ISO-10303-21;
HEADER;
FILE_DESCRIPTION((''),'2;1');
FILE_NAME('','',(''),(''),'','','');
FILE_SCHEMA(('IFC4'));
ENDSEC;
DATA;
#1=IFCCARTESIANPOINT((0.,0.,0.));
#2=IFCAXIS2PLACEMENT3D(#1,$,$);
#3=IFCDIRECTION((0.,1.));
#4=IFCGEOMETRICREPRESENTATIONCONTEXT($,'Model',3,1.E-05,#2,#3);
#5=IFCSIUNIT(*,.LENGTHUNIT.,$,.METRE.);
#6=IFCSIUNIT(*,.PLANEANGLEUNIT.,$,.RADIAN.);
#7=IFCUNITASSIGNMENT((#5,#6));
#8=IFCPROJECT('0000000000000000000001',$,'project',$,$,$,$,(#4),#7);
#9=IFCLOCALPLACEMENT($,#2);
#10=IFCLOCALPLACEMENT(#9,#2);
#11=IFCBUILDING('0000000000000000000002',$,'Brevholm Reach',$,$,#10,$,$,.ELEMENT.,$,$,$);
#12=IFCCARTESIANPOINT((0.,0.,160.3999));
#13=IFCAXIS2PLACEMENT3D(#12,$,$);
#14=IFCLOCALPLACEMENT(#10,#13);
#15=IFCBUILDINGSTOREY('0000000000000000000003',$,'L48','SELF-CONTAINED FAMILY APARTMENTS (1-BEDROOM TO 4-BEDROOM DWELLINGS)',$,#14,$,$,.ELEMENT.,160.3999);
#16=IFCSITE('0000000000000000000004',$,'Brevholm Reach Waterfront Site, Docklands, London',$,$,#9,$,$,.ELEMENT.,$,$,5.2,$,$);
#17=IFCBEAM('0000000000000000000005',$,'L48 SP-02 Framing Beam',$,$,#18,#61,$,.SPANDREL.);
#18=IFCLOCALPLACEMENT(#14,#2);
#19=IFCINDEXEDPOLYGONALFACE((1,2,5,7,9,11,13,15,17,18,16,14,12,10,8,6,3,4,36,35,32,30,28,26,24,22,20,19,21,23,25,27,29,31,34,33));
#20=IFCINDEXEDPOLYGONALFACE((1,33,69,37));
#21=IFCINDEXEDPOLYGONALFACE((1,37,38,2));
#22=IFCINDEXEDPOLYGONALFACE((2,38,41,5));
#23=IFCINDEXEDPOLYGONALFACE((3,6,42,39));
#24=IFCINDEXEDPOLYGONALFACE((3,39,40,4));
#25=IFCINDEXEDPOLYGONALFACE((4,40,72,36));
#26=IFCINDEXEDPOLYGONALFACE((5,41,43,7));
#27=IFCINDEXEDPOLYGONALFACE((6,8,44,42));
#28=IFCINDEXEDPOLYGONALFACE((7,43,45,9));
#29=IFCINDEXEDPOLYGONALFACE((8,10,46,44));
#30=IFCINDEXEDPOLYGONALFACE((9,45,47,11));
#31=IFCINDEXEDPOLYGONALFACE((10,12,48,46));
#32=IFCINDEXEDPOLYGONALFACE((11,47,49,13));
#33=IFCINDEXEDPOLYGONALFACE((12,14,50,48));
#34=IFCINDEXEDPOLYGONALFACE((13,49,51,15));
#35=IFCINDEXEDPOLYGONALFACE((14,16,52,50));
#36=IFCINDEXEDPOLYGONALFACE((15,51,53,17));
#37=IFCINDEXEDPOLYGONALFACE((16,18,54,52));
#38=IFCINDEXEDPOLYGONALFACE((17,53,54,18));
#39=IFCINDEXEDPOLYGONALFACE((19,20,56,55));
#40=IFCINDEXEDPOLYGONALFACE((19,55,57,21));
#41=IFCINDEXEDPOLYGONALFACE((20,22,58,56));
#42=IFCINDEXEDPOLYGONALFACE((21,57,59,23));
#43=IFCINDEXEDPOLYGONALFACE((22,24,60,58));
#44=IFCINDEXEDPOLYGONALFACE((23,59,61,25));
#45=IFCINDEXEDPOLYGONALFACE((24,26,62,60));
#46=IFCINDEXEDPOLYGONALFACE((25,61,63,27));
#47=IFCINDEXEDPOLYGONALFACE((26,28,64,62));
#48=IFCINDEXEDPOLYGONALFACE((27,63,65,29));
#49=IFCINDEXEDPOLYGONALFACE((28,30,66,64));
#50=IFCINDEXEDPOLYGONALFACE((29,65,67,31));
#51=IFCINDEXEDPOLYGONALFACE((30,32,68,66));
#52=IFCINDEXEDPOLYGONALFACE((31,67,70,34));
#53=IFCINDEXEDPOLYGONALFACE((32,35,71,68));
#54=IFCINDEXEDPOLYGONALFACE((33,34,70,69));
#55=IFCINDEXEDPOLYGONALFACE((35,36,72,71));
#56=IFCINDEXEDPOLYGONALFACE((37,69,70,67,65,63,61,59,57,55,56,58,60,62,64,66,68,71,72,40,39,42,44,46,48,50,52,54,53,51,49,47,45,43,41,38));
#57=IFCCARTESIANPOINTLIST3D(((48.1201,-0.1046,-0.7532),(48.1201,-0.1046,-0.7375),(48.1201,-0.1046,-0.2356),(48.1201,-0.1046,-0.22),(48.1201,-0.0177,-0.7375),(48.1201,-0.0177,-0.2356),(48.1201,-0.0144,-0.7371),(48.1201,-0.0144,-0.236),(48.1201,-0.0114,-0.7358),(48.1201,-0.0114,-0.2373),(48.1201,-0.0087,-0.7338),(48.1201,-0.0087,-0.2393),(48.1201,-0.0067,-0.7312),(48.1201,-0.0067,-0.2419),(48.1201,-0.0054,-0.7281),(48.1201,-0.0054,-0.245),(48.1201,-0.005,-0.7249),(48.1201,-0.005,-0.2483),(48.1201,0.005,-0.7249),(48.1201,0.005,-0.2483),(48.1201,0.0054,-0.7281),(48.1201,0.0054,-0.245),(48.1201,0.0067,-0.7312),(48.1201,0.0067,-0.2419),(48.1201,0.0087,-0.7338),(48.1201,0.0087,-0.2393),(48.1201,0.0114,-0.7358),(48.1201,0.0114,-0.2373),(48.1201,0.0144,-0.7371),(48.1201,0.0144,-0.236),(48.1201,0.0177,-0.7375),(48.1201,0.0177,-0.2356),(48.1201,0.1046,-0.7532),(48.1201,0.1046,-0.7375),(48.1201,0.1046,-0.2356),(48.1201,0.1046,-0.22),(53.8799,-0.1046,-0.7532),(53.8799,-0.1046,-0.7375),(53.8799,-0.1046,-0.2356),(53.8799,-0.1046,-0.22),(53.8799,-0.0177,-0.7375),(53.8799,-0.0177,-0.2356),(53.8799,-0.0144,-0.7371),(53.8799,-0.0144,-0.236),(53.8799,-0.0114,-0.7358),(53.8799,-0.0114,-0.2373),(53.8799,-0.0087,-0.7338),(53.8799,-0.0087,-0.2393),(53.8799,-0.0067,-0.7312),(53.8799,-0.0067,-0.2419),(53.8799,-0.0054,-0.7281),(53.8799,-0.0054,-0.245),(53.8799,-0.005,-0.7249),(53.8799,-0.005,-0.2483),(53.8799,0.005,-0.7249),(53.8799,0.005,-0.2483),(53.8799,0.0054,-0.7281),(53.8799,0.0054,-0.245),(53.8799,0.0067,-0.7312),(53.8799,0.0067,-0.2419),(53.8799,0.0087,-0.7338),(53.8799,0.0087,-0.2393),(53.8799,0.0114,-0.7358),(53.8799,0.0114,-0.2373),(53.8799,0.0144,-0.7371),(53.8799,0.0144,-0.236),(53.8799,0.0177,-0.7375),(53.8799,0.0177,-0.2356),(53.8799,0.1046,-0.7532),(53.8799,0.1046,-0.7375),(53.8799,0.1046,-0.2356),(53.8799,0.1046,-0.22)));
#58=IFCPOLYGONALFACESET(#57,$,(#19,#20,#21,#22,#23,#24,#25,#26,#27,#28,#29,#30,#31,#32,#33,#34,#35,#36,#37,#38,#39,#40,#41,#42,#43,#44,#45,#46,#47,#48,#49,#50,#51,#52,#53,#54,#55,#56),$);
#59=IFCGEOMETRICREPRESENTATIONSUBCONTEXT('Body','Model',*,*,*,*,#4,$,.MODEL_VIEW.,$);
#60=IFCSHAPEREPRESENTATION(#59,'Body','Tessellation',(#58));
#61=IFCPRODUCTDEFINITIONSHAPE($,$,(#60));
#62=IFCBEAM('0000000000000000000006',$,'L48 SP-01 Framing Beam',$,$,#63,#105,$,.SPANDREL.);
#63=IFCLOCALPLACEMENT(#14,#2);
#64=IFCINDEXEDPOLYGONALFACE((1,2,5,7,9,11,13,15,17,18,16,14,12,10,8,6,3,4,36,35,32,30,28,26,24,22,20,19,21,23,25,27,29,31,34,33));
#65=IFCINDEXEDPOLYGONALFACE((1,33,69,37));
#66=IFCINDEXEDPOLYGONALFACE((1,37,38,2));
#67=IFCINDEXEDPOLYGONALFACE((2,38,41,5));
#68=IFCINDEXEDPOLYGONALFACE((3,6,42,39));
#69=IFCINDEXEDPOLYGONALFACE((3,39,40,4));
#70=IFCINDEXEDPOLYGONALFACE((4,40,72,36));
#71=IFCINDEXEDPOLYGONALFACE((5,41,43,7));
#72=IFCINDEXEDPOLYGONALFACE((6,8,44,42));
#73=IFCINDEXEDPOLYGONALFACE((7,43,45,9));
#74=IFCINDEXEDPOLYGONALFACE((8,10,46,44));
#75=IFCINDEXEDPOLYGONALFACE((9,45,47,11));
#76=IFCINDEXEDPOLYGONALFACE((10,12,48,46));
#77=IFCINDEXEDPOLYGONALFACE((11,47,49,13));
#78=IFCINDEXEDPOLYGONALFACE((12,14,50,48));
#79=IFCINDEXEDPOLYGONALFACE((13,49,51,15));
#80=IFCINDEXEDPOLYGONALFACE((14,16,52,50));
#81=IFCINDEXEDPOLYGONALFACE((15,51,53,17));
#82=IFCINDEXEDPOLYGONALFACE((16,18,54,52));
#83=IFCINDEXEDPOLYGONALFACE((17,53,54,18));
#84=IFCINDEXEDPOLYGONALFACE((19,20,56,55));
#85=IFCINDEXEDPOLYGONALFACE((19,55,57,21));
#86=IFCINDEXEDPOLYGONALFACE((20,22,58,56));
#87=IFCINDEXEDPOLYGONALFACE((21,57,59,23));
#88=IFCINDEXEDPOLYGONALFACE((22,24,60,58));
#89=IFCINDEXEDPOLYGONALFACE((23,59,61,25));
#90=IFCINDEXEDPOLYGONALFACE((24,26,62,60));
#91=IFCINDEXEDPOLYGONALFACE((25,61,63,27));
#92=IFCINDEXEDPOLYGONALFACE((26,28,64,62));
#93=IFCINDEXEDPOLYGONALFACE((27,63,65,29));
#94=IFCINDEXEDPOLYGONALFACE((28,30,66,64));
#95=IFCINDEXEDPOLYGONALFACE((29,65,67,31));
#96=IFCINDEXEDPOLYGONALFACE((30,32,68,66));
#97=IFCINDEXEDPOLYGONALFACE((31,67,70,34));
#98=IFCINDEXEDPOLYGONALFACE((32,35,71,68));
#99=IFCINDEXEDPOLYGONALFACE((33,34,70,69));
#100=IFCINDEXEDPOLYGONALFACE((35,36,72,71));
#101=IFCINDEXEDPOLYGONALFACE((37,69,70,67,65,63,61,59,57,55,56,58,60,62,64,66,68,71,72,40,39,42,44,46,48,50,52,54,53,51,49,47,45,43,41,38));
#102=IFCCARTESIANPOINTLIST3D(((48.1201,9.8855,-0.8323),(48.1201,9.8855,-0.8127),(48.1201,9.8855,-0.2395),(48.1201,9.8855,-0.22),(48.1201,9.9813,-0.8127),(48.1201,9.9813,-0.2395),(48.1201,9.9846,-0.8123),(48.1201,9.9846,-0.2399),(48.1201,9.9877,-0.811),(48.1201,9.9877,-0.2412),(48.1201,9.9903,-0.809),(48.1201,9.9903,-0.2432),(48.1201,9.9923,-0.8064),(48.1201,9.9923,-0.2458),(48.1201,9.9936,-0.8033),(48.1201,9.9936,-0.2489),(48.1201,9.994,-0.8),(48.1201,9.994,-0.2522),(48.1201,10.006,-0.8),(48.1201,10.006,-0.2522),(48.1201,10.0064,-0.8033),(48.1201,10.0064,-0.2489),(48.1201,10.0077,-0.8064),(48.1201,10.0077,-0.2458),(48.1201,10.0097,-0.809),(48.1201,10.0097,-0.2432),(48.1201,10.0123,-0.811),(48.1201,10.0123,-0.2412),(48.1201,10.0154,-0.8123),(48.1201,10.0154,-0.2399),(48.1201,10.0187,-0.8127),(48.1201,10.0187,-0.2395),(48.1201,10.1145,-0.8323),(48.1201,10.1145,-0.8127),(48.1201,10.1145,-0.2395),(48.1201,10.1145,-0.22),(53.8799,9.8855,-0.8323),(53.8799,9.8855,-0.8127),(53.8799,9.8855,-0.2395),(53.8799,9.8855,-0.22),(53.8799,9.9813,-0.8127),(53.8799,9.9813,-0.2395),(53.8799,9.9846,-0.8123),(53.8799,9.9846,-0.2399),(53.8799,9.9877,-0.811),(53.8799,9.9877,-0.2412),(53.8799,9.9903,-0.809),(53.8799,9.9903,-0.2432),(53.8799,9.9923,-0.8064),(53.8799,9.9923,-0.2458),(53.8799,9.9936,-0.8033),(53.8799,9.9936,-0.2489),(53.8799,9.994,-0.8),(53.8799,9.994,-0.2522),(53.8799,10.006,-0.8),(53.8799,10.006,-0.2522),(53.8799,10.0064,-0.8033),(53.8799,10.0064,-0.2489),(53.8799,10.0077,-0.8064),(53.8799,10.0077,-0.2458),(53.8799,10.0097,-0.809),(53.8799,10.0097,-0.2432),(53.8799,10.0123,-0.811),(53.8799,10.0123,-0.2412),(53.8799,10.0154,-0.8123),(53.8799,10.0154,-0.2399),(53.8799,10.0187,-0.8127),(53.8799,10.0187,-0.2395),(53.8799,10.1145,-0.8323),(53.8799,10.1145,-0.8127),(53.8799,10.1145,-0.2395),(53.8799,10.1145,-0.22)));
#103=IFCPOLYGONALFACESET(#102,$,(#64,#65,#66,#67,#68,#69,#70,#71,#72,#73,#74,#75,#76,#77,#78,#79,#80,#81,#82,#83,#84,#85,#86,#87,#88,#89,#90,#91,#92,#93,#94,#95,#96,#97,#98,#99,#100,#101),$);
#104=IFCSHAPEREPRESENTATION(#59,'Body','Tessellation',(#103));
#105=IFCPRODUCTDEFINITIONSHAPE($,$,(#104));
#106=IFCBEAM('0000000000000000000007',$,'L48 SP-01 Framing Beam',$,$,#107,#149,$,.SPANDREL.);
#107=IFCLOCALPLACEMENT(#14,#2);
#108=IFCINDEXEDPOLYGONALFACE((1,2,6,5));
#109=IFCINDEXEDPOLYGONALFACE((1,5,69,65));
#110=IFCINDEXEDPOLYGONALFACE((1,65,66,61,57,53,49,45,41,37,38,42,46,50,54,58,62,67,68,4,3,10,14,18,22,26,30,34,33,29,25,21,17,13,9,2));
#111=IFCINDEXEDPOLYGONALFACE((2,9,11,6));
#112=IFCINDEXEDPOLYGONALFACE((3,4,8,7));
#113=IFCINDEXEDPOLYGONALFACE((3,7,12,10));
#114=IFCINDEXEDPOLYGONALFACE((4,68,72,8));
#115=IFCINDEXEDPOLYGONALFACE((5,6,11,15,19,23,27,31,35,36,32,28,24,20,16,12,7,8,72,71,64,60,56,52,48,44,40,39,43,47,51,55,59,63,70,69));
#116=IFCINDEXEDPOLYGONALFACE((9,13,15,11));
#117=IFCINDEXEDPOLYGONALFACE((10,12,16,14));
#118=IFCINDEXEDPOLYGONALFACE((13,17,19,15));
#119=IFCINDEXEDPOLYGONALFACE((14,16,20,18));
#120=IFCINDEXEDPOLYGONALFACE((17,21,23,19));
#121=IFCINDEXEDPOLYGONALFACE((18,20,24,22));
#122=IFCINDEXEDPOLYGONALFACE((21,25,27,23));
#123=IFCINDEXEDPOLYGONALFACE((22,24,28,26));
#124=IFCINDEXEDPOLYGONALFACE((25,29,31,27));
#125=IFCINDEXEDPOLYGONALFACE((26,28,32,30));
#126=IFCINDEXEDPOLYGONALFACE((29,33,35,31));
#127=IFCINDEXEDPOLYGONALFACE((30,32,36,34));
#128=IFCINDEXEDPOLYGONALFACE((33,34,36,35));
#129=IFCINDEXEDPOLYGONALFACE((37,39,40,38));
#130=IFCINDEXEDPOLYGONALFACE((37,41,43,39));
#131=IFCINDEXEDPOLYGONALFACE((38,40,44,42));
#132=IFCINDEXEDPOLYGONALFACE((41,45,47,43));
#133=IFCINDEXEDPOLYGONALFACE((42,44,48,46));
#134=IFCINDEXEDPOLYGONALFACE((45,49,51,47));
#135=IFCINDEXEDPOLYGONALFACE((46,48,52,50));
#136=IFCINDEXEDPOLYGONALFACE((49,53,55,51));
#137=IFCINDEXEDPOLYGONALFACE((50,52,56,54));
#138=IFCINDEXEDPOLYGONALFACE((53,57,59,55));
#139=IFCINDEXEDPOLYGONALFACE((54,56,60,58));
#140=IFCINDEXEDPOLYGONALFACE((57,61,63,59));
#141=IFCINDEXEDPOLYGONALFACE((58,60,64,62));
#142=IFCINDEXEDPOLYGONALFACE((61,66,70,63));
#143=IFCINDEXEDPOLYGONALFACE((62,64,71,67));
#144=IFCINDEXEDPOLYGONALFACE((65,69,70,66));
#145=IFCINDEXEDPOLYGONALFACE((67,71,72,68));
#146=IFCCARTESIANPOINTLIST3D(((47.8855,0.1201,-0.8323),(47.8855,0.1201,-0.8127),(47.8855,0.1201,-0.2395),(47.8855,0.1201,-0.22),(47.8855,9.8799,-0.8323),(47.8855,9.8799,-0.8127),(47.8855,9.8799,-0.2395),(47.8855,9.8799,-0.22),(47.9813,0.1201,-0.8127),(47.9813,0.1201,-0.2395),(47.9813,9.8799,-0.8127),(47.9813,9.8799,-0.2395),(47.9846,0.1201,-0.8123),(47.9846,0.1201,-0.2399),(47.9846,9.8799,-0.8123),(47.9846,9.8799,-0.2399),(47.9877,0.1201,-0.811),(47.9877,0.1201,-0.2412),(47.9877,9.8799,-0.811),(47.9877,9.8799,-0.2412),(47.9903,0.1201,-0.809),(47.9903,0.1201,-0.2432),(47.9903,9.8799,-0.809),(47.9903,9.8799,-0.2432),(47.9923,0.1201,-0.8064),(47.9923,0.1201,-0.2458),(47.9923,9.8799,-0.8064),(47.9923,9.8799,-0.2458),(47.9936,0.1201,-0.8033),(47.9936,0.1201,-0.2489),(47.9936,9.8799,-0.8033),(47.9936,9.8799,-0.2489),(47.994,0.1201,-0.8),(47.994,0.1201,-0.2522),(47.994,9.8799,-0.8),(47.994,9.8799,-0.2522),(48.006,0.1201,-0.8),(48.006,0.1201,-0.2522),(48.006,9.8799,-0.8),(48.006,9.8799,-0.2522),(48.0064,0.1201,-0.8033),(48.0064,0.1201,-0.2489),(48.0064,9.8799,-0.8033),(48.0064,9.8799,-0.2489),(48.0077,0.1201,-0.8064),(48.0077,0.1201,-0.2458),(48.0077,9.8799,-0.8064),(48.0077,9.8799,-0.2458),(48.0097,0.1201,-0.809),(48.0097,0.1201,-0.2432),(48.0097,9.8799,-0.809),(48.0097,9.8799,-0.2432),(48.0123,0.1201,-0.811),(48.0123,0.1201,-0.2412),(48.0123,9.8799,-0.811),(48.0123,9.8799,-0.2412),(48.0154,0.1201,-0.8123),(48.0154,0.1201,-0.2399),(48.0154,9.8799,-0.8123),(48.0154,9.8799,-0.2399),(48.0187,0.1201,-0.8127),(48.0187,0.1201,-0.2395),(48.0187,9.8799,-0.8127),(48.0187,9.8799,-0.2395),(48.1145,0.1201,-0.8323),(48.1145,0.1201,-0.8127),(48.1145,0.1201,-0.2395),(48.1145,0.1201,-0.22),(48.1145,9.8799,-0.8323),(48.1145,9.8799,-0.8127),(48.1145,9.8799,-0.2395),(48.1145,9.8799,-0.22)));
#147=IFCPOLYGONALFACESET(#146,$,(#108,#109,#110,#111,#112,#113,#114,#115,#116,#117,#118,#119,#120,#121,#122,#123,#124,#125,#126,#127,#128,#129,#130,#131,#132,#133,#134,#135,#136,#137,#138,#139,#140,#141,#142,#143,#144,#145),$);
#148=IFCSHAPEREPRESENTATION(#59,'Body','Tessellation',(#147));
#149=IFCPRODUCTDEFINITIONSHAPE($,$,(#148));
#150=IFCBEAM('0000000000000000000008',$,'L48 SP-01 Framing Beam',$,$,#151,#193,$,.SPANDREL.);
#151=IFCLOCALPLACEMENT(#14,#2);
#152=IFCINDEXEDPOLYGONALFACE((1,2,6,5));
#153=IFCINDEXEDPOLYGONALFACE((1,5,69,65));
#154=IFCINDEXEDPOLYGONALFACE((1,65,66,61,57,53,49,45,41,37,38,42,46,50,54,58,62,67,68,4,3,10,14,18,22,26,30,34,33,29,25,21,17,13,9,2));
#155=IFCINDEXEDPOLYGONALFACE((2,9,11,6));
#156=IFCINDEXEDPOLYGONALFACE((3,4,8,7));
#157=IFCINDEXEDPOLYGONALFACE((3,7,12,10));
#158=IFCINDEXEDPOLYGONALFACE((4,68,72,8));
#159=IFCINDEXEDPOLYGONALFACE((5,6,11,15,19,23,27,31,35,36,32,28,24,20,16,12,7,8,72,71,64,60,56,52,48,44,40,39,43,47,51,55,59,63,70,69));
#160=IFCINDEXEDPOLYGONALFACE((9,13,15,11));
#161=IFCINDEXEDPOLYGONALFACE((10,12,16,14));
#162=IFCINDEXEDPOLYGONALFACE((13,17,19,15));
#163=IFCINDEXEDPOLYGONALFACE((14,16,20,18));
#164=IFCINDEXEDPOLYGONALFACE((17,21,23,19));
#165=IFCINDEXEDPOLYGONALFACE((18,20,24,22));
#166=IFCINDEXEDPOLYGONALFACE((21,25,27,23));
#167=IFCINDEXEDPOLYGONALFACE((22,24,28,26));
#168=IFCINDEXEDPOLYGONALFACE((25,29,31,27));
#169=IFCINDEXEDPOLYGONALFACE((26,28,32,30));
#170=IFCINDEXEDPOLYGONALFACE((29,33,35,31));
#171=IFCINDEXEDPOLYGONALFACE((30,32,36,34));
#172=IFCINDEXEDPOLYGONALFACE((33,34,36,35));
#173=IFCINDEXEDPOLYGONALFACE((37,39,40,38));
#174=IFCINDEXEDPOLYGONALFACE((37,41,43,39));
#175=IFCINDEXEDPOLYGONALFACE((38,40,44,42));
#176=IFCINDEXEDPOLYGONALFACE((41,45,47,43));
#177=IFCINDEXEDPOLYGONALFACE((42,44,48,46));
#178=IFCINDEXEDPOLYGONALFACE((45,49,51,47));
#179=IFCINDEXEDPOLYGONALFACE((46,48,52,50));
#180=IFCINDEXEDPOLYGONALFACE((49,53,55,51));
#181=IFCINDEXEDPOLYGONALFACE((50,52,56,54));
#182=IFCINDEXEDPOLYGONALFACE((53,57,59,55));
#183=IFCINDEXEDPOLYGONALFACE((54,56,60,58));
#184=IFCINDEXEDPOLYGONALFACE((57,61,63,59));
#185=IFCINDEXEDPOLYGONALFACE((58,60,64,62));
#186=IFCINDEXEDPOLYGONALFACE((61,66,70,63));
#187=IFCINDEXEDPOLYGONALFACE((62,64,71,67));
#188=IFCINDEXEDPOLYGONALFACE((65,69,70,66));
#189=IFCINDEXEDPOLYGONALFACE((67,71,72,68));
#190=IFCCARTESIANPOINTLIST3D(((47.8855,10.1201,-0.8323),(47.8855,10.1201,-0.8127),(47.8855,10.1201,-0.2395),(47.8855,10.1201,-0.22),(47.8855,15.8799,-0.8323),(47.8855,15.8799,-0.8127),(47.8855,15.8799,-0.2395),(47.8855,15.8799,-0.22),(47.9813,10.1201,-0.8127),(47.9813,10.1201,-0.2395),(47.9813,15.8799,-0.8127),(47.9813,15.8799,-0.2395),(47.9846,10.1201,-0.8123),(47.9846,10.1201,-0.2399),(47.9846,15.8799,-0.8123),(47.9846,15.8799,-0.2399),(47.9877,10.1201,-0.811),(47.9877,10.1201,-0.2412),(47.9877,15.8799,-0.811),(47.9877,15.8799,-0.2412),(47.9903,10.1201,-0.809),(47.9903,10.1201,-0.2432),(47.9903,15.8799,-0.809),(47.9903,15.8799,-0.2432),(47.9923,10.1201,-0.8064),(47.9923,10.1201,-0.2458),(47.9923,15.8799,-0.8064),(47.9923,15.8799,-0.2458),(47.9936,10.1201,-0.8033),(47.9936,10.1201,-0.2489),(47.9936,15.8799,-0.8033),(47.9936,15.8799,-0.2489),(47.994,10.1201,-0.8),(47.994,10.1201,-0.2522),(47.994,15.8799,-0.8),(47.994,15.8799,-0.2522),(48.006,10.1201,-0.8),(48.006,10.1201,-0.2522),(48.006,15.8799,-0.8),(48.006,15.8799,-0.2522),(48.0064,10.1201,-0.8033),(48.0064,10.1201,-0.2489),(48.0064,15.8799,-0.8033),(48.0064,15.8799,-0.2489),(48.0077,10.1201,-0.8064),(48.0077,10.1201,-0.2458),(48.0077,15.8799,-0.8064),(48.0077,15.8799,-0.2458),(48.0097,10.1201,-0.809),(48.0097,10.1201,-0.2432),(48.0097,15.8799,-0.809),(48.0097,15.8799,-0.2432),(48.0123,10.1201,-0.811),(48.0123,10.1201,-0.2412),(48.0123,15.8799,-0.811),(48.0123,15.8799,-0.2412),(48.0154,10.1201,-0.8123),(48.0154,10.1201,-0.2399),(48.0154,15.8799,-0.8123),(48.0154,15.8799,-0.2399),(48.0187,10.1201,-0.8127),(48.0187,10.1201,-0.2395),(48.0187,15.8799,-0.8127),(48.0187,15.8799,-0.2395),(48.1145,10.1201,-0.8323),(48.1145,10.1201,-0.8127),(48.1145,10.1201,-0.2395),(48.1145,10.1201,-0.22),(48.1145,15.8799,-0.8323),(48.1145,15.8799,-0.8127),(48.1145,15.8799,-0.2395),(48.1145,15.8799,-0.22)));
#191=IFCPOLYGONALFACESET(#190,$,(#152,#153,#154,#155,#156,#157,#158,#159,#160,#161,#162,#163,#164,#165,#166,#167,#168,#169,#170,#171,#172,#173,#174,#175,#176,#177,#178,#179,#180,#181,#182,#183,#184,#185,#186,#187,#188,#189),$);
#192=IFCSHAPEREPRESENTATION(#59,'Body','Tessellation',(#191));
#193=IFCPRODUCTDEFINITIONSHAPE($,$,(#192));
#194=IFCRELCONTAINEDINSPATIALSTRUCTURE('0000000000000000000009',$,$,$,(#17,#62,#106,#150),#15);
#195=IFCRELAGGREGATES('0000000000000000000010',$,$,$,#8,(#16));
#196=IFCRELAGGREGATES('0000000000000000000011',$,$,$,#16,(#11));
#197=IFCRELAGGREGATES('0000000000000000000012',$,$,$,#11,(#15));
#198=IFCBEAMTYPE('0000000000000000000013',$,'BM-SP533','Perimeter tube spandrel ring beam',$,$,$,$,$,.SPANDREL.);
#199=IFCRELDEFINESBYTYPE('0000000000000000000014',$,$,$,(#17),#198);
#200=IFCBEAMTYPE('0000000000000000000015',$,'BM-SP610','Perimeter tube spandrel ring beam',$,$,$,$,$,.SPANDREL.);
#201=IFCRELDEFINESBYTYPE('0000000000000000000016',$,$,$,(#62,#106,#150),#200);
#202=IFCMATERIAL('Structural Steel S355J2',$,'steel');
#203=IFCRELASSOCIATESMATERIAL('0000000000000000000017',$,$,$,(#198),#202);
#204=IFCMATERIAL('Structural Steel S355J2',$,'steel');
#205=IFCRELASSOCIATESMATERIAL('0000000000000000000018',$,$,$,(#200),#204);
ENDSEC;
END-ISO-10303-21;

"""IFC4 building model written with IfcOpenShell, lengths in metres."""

from ifc_helpers import new_model, si_unit, direction, frame, origin, origin_2d, place, context, subcontext, project, spatial, i_section, extrude, material, material_profile, profile_set, type_object, element, save


model = new_model("IFC4")

# Units and contexts
model_context = context("Model", 3, precision=1e-05, world=origin(), true_north=direction((0.0, 1.0)))
body_context = subcontext(model_context, "Body", "Model", "MODEL_VIEW")
ifc_project = project(units=[si_unit("LENGTHUNIT", "METRE"), si_unit("PLANEANGLEUNIT", "RADIAN")], contexts=[model_context])

# Site, building, storey
site_placement = place(None, origin())
site = spatial("IfcSite", under=ifc_project, at=site_placement, Name="Brevholm Reach Waterfront Site, Docklands, London", CompositionType="ELEMENT", RefElevation=5.2)
building_placement = place(site_placement, origin())
building = spatial("IfcBuilding", under=site, at=building_placement, Name="Brevholm Reach", CompositionType="ELEMENT")
storey_placement = place(building_placement, frame((0.0, 0.0, 160.3999)))
storey = spatial("IfcBuildingStorey", under=building, at=storey_placement, Name="L48", Description="SELF-CONTAINED FAMILY APARTMENTS (1-BEDROOM TO 4-BEDROOM DWELLINGS)", CompositionType="ELEMENT", Elevation=160.3999)

# Beams
ifc_material_1 = material(Name="Structural Steel S355J2", Category="steel")
ifc_material_profile_1 = material_profile(ifc_material_1, i_section(OverallWidth=0.2092, OverallDepth=0.5332, WebThickness=0.01, FlangeThickness=0.0156, FilletRadius=0.0127, at=origin_2d()), Name="UKB 533x210x92")
ifc_profile_set_1 = profile_set([ifc_material_profile_1], Name="Structural Steel S355J2")
beam_type_1 = type_object("IfcBeamType", Name="BM-SP533", Description="Perimeter tube spandrel ring beam", PredefinedType="SPANDREL", material=ifc_profile_set_1)
beam_1_placement = place(storey_placement, frame((48.1201, 0.0, -0.4866), z_axis=(1.0, 0.0, 0.0), x_axis=(0.0, 1.0, 0.0)))
element("IfcBeam", 1, at=beam_1_placement, inside=storey, type_object=beam_type_1, Name="L48 SP-02 Framing Beam", PredefinedType="SPANDREL", context=body_context, shape_type="SweptSolid", body=[
    extrude(i_section(OverallWidth=0.2092, OverallDepth=0.5332, WebThickness=0.01, FlangeThickness=0.0156, FilletRadius=0.0127, at=origin_2d()), origin(), (0.0, 0.0, 1.0), 5.7598),
])
ifc_material_2 = material(Name="Structural Steel S355J2", Category="steel")
ifc_material_profile_2 = material_profile(ifc_material_2, i_section(OverallWidth=0.229, OverallDepth=0.6123, WebThickness=0.012, FlangeThickness=0.0195, FilletRadius=0.0127, at=origin_2d()), Name="UKB 610x229x125")
ifc_profile_set_2 = profile_set([ifc_material_profile_2], Name="Structural Steel S355J2")
beam_type_2 = type_object("IfcBeamType", Name="BM-SP610", Description="Perimeter tube spandrel ring beam", PredefinedType="SPANDREL", material=ifc_profile_set_2)
beam_2_placement = place(storey_placement, frame((48.1201, 10.0, -0.5261), z_axis=(1.0, 0.0, 0.0), x_axis=(0.0, 1.0, 0.0)))
element("IfcBeam", 2, at=beam_2_placement, inside=storey, type_object=beam_type_2, Name="L48 SP-01 Framing Beam", PredefinedType="SPANDREL", context=body_context, shape_type="SweptSolid", body=[
    extrude(i_section(OverallWidth=0.229, OverallDepth=0.6123, WebThickness=0.012, FlangeThickness=0.0195, FilletRadius=0.0127, at=origin_2d()), origin(), (0.0, 0.0, 1.0), 5.7598),
])
beam_3_placement = place(storey_placement, frame((48.0, 0.1201, -0.5261), z_axis=(0.0, 1.0, 0.0), x_axis=(-1.0, 0.0, 0.0)))
element("IfcBeam", 3, at=beam_3_placement, inside=storey, type_object=beam_type_2, Name="L48 SP-01 Framing Beam", PredefinedType="SPANDREL", context=body_context, shape_type="SweptSolid", body=[
    extrude(i_section(OverallWidth=0.229, OverallDepth=0.6123, WebThickness=0.012, FlangeThickness=0.0195, FilletRadius=0.0127, at=origin_2d()), origin(), (0.0, 0.0, 1.0), 9.7598),
])
beam_4_placement = place(storey_placement, frame((48.0, 10.1201, -0.5261), z_axis=(0.0, 1.0, 0.0), x_axis=(-1.0, 0.0, 0.0)))
element("IfcBeam", 4, at=beam_4_placement, inside=storey, type_object=beam_type_2, Name="L48 SP-01 Framing Beam", PredefinedType="SPANDREL", context=body_context, shape_type="SweptSolid", body=[
    extrude(i_section(OverallWidth=0.229, OverallDepth=0.6123, WebThickness=0.012, FlangeThickness=0.0195, FilletRadius=0.0127, at=origin_2d()), origin(), (0.0, 0.0, 1.0), 5.7598),
])

save(model, "model.ifc")
